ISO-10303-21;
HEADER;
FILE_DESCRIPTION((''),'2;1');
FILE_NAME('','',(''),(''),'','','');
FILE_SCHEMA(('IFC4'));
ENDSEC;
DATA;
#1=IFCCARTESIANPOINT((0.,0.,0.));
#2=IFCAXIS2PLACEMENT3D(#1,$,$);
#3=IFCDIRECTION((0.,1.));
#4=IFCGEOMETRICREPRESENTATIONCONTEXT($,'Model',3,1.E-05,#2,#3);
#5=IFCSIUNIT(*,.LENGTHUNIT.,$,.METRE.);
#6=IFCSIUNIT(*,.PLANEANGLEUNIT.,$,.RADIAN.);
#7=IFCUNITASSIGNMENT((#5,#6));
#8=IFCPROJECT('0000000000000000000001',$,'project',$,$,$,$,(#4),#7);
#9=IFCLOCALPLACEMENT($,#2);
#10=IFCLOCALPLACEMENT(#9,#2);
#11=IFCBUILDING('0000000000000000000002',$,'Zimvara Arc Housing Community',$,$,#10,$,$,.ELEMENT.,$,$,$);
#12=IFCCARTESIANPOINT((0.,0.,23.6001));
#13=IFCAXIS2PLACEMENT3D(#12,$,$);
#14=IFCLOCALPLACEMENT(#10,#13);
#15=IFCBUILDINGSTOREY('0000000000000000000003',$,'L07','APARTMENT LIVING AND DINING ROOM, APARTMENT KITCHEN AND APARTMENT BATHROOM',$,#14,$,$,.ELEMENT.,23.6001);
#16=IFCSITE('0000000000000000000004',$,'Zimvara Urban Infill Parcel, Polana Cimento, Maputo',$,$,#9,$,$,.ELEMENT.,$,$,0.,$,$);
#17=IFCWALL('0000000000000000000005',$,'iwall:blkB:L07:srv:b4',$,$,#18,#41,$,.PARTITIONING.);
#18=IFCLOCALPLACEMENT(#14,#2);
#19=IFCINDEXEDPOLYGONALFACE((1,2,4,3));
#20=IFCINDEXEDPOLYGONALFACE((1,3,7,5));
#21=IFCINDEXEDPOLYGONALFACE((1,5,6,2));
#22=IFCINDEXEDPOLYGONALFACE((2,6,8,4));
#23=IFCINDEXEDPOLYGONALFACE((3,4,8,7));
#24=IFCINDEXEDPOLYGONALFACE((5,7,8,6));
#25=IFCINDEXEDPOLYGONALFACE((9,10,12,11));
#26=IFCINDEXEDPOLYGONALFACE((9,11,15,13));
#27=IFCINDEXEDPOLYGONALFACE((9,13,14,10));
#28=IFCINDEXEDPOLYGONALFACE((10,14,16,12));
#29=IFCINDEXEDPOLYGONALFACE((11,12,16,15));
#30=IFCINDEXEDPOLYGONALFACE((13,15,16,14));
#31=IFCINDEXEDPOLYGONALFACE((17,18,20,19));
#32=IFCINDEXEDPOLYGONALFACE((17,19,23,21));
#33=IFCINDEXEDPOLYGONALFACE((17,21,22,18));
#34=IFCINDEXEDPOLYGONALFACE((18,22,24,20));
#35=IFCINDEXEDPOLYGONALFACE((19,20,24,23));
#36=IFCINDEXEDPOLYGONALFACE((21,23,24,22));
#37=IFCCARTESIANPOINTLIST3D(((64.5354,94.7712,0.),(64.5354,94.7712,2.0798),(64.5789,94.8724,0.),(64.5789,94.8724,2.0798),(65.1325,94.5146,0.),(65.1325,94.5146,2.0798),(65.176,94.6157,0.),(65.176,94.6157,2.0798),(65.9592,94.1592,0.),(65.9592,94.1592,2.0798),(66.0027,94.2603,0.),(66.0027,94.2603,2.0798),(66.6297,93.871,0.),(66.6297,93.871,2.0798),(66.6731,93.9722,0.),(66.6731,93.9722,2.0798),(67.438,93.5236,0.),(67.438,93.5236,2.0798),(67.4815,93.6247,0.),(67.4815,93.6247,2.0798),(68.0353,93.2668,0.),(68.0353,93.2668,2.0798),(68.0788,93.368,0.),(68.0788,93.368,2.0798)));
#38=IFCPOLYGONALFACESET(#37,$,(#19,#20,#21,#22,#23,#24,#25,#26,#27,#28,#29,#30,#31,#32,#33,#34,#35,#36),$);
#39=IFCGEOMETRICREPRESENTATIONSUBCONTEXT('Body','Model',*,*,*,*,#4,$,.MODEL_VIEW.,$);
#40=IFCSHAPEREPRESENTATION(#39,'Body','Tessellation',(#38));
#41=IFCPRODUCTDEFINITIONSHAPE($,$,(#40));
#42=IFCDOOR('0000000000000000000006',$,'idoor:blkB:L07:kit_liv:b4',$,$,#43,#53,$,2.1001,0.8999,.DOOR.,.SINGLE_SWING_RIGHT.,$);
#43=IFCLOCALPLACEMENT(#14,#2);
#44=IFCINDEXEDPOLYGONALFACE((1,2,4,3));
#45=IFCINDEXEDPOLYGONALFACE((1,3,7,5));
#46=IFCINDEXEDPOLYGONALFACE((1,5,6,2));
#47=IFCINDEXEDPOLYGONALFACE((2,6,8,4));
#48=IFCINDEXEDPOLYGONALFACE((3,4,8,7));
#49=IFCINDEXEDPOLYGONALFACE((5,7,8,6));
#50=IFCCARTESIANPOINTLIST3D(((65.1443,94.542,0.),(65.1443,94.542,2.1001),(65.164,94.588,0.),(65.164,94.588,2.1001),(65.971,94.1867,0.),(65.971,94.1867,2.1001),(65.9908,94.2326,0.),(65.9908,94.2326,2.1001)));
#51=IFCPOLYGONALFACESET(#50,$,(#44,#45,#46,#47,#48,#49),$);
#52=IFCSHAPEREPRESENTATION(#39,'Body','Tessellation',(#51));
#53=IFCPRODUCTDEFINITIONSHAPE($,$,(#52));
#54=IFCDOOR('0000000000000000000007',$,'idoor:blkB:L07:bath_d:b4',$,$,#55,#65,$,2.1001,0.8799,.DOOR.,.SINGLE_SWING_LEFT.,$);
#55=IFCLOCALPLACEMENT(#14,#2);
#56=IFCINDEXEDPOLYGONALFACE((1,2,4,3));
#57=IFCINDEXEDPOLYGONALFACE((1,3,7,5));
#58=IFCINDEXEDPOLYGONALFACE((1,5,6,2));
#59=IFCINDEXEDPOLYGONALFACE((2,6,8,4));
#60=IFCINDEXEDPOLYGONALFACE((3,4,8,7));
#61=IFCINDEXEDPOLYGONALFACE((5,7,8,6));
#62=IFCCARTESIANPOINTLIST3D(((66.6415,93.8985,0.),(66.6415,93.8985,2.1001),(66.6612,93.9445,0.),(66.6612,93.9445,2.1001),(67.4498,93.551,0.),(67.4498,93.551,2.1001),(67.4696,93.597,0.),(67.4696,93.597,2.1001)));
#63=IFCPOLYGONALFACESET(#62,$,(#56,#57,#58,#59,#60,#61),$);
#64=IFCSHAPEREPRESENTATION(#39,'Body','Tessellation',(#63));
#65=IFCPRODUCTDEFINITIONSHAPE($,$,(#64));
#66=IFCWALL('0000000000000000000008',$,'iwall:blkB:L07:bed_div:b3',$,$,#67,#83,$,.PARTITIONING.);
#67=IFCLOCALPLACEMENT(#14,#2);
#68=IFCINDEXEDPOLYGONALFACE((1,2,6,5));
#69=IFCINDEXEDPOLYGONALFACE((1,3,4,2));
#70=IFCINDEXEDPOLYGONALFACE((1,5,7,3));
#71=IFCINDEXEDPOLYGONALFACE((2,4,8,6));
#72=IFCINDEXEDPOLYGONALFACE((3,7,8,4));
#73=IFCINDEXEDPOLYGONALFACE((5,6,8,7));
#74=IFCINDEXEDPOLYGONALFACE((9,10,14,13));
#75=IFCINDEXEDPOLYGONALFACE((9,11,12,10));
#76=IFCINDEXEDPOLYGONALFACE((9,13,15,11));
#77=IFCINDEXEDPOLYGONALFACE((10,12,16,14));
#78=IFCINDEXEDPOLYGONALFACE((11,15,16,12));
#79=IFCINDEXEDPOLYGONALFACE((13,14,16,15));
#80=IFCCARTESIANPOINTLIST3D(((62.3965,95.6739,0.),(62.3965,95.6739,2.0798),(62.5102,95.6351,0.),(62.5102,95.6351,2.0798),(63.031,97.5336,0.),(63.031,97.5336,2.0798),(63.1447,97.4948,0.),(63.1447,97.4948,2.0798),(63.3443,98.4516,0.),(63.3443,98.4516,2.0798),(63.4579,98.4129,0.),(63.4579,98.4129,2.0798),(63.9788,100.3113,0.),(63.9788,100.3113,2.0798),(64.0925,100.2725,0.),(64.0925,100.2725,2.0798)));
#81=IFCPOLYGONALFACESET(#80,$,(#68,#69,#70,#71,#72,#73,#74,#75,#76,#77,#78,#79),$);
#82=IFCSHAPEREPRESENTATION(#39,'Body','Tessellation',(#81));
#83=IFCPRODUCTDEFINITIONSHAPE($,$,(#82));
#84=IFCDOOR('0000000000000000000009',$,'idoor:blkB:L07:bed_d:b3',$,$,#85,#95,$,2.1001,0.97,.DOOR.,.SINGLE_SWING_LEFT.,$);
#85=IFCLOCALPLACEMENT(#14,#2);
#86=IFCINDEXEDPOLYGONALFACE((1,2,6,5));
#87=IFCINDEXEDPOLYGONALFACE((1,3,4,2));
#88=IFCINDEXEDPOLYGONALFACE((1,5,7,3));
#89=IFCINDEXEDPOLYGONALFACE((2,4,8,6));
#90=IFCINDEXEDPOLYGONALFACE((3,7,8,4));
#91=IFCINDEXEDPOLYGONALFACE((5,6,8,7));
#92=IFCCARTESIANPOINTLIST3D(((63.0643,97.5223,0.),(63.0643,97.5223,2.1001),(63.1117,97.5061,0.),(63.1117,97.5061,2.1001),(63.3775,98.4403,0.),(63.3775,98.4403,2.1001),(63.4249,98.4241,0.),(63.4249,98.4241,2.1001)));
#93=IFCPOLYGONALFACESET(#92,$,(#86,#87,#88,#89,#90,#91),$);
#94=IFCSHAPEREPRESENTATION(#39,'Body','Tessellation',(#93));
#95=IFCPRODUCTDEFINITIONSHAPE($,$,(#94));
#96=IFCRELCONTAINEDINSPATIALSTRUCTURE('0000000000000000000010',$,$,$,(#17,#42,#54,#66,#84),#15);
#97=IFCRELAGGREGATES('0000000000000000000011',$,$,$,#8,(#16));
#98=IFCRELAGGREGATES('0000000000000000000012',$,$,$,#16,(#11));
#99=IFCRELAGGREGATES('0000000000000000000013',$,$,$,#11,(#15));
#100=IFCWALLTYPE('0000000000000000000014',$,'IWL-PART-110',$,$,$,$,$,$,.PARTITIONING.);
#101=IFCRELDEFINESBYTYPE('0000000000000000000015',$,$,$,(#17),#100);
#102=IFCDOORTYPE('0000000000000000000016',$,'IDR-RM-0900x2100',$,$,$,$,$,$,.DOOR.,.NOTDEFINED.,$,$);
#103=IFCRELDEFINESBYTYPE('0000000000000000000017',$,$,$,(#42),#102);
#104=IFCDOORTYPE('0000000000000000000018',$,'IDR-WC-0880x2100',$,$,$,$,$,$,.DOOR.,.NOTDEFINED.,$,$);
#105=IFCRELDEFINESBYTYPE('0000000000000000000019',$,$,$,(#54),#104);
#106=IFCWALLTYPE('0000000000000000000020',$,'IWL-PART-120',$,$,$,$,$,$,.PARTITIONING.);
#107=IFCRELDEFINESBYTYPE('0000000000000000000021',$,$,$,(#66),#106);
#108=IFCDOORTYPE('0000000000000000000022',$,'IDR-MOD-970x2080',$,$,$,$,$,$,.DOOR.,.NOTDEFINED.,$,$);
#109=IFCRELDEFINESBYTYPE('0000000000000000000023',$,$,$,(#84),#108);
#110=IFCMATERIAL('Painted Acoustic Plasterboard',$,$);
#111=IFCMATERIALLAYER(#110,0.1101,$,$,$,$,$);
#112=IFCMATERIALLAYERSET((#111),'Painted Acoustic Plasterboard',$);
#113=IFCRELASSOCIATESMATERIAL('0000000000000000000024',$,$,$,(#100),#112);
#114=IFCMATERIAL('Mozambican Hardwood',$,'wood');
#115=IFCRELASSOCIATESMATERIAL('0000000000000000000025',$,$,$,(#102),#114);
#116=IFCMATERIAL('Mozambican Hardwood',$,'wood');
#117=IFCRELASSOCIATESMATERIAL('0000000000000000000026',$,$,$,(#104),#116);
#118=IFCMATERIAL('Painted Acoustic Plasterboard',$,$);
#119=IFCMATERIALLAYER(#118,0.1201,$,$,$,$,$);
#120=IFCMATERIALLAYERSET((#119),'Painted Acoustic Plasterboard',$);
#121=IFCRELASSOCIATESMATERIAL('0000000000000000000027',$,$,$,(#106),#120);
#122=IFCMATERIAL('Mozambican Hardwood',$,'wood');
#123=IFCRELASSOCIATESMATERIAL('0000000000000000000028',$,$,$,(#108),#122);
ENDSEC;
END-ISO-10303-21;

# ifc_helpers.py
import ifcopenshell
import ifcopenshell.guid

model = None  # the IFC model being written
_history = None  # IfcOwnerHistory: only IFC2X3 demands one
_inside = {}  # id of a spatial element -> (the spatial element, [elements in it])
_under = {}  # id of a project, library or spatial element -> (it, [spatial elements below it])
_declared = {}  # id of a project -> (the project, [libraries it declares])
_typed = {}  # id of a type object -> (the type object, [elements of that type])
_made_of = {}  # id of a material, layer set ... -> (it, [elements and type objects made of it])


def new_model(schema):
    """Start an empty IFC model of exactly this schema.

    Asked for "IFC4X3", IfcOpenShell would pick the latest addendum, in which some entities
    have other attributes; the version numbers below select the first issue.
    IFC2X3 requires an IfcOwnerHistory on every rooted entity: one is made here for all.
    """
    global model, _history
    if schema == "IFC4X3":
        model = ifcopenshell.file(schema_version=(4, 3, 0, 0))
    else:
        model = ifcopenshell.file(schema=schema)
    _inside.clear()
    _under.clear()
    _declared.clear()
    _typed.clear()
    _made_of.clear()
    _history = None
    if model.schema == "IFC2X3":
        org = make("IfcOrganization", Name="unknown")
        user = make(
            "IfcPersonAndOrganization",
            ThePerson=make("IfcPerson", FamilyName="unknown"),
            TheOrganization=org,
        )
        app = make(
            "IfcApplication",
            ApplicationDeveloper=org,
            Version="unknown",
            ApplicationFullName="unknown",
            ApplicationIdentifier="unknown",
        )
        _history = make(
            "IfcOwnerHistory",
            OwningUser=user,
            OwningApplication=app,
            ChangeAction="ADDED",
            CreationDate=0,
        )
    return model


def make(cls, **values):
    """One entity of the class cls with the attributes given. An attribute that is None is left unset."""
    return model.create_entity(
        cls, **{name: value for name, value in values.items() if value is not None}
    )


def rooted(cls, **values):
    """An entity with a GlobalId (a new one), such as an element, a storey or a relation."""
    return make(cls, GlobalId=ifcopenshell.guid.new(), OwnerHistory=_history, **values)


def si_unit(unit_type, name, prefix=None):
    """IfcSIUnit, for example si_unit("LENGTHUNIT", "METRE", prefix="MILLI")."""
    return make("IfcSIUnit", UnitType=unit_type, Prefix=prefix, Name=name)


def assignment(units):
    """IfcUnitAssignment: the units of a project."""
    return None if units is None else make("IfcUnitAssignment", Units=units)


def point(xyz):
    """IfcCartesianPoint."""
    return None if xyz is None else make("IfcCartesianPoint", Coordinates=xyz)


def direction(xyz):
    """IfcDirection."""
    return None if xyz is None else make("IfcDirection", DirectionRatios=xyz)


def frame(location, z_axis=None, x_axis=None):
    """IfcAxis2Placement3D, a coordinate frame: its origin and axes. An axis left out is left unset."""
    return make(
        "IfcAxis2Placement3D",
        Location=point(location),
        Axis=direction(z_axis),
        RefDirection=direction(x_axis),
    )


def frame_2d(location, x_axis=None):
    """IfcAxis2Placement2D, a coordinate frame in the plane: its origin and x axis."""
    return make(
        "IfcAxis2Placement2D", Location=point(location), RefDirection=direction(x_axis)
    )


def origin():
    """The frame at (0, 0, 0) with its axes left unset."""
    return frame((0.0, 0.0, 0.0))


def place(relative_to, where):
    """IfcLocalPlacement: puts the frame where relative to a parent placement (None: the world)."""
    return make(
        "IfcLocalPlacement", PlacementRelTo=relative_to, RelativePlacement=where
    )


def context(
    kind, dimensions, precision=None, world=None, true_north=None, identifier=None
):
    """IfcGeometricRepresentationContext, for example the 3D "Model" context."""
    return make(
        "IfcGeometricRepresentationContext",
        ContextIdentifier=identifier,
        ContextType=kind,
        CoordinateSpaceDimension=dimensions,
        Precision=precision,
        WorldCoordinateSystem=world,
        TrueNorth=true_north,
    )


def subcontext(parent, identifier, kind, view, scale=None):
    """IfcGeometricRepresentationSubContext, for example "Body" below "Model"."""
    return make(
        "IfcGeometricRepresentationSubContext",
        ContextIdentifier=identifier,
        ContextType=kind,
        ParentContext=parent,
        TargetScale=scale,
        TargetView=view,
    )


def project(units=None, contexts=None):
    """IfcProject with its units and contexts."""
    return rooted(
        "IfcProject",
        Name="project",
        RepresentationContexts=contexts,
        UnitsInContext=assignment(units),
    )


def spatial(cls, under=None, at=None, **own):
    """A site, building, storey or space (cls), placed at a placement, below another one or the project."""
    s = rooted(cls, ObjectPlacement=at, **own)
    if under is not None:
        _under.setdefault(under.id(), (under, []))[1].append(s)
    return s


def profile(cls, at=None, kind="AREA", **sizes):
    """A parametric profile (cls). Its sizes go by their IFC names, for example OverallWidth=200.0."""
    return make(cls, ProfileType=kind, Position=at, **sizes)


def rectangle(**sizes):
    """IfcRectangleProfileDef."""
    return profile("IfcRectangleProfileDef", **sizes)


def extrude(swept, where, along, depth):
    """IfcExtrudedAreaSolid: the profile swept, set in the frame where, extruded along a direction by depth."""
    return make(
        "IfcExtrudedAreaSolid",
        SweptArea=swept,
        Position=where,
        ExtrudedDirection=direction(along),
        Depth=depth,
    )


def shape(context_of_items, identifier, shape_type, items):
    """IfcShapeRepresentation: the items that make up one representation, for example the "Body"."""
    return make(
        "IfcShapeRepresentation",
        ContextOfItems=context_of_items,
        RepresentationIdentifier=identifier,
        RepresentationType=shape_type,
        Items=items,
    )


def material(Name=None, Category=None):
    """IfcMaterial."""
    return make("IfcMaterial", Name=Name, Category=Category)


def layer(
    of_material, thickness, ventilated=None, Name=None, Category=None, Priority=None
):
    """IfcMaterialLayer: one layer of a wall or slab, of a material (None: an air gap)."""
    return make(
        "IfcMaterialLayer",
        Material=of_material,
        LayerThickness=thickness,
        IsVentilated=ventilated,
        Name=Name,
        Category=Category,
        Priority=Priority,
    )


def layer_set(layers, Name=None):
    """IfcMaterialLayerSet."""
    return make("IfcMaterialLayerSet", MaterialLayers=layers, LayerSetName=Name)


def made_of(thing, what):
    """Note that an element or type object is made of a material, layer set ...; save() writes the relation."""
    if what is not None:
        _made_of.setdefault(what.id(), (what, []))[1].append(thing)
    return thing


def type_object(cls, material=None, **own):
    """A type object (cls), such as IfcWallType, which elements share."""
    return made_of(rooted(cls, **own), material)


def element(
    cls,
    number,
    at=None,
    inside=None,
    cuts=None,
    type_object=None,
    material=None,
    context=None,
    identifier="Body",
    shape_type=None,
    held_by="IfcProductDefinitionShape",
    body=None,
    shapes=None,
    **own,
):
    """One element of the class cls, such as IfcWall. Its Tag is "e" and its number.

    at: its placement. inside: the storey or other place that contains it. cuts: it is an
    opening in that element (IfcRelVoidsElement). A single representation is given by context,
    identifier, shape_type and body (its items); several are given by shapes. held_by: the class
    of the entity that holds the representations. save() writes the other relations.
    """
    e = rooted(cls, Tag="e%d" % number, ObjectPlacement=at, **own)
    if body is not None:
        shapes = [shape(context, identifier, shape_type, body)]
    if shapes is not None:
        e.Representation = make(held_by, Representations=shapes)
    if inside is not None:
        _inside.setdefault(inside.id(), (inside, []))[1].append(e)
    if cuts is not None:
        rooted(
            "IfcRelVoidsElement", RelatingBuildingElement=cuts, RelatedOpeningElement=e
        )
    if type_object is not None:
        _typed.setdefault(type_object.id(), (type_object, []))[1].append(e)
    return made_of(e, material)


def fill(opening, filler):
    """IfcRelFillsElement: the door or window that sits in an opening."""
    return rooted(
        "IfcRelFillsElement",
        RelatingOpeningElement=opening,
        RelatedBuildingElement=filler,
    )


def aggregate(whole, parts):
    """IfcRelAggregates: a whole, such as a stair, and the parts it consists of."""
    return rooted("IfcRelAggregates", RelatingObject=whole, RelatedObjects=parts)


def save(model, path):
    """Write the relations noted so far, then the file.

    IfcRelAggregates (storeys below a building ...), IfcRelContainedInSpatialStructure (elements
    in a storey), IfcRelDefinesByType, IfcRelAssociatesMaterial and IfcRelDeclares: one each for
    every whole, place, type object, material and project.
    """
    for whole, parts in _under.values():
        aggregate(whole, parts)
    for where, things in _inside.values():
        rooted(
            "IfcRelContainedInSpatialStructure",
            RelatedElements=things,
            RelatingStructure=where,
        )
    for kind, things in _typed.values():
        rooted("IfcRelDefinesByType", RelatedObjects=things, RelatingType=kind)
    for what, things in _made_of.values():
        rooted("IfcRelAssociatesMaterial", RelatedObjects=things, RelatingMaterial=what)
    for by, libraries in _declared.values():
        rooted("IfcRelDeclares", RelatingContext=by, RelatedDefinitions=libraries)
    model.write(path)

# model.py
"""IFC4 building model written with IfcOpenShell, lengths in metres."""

from ifc_helpers import new_model, si_unit, direction, frame, frame_2d, origin, place, context, subcontext, project, spatial, rectangle, extrude, material, layer, layer_set, type_object, element, fill, save


model = new_model("IFC4")

# Units and contexts
model_context = context("Model", 3, precision=1e-05, world=origin(), true_north=direction((0.0, 1.0)))
body_context = subcontext(model_context, "Body", "Model", "MODEL_VIEW")
ifc_project = project(units=[si_unit("LENGTHUNIT", "METRE"), si_unit("PLANEANGLEUNIT", "RADIAN")], contexts=[model_context])

# Site, building, storey
site_placement = place(None, origin())
site = spatial("IfcSite", under=ifc_project, at=site_placement, Name="Zimvara Urban Infill Parcel, Polana Cimento, Maputo", CompositionType="ELEMENT", RefElevation=0.0)
building_placement = place(site_placement, origin())
building = spatial("IfcBuilding", under=site, at=building_placement, Name="Zimvara Arc Housing Community", CompositionType="ELEMENT")
storey_placement = place(building_placement, frame((0.0, 0.0, 23.6001)))
storey = spatial("IfcBuildingStorey", under=building, at=storey_placement, Name="L07", Description="APARTMENT LIVING AND DINING ROOM, APARTMENT KITCHEN AND APARTMENT BATHROOM", CompositionType="ELEMENT", Elevation=23.6001)

# Wall, openings, doors
ifc_material_1 = material(Name="Painted Acoustic Plasterboard")
ifc_layer_1 = layer(ifc_material_1, 0.1101)
ifc_layer_set_1 = layer_set([ifc_layer_1], Name="Painted Acoustic Plasterboard")
wall_type_1 = type_object("IfcWallType", Name="IWL-PART-110", PredefinedType="PARTITIONING", material=ifc_layer_set_1)
wall_1_placement = place(storey_placement, frame((64.5571, 94.8218, 0.0), z_axis=(0.0, 0.0, 1.0), x_axis=(0.918727, -0.394894, 0.0)))
wall_1 = element("IfcWall", 1, at=wall_1_placement, inside=storey, type_object=wall_type_1, Name="iwall:blkB:L07:srv:b4", PredefinedType="PARTITIONING", context=body_context, shape_type="SweptSolid", body=[
    extrude(rectangle(XDim=3.8096, YDim=0.1101, at=frame_2d((1.9048, 0.0))), origin(), (0.0, 0.0, 1.0), 2.0798),
])
opening_1_placement = place(wall_1_placement, frame((0.6499, 0.0, 0.0)))
opening_1 = element("IfcOpeningElement", 2, at=opening_1_placement, cuts=wall_1, PredefinedType="OPENING", context=body_context, shape_type="SweptSolid", body=[
    extrude(rectangle(XDim=0.8999, YDim=2.1001, at=frame_2d((0.45, 1.05))), frame((0.0, 0.0649, 0.0), z_axis=(0.0, -1.0, 0.0), x_axis=(1.0, 0.0, 0.0)), (0.0, 0.0, 1.0), 0.1301),
])
opening_2_placement = place(wall_1_placement, frame((2.2795, 0.0, 0.0)))
opening_2 = element("IfcOpeningElement", 3, at=opening_2_placement, cuts=wall_1, PredefinedType="OPENING", context=body_context, shape_type="SweptSolid", body=[
    extrude(rectangle(XDim=0.8799, YDim=2.1001, at=frame_2d((0.4399, 1.05))), frame((0.0, 0.0649, 0.0), z_axis=(0.0, -1.0, 0.0), x_axis=(1.0, 0.0, 0.0)), (0.0, 0.0, 1.0), 0.1301),
])
ifc_material_2 = material(Name="Mozambican Hardwood", Category="wood")
door_type_1 = type_object("IfcDoorType", Name="IDR-RM-0900x2100", OperationType="NOTDEFINED", PredefinedType="DOOR", material=ifc_material_2)
door_1_placement = place(opening_1_placement, origin())
door_1 = element("IfcDoor", 4, at=door_1_placement, inside=storey, type_object=door_type_1, Name="idoor:blkB:L07:kit_liv:b4", OperationType="SINGLE_SWING_RIGHT", OverallHeight=2.1001, OverallWidth=0.8999, PredefinedType="DOOR", context=body_context, shape_type="SweptSolid", body=[
    extrude(rectangle(XDim=0.8999, YDim=2.1001, at=frame_2d((0.45, 1.05))), frame((0.0, 0.0249, 0.0), z_axis=(0.0, -1.0, 0.0), x_axis=(1.0, 0.0, 0.0)), (0.0, 0.0, 1.0), 0.05),
])
fill(opening_1, door_1)
ifc_material_3 = material(Name="Mozambican Hardwood", Category="wood")
door_type_2 = type_object("IfcDoorType", Name="IDR-WC-0880x2100", OperationType="NOTDEFINED", PredefinedType="DOOR", material=ifc_material_3)
door_2_placement = place(opening_2_placement, origin())
door_2 = element("IfcDoor", 5, at=door_2_placement, inside=storey, type_object=door_type_2, Name="idoor:blkB:L07:bath_d:b4", OperationType="SINGLE_SWING_LEFT", OverallHeight=2.1001, OverallWidth=0.8799, PredefinedType="DOOR", context=body_context, shape_type="SweptSolid", body=[
    extrude(rectangle(XDim=0.8799, YDim=2.1001, at=frame_2d((0.4399, 1.05))), frame((0.0, 0.0249, 0.0), z_axis=(0.0, -1.0, 0.0), x_axis=(1.0, 0.0, 0.0)), (0.0, 0.0, 1.0), 0.05),
])
fill(opening_2, door_2)

# Wall, opening, door
ifc_material_4 = material(Name="Painted Acoustic Plasterboard")
ifc_layer_2 = layer(ifc_material_4, 0.1201)
ifc_layer_set_2 = layer_set([ifc_layer_2], Name="Painted Acoustic Plasterboard")
wall_type_2 = type_object("IfcWallType", Name="IWL-PART-120", PredefinedType="PARTITIONING", material=ifc_layer_set_2)
wall_2_placement = place(storey_placement, frame((62.4534, 95.6545, 0.0), z_axis=(0.0, 0.0, 1.0), x_axis=(0.322916, 0.946427, 0.0)))
wall_2 = element("IfcWall", 6, at=wall_2_placement, inside=storey, type_object=wall_type_2, Name="iwall:blkB:L07:bed_div:b3", PredefinedType="PARTITIONING", context=body_context, shape_type="SweptSolid", body=[
    extrude(rectangle(XDim=4.8999, YDim=0.1201, at=frame_2d((2.45, 0.0))), origin(), (0.0, 0.0, 1.0), 2.0798),
])
opening_3_placement = place(wall_2_placement, frame((1.9651, 0.0, 0.0)))
opening_3 = element("IfcOpeningElement", 7, at=opening_3_placement, cuts=wall_2, PredefinedType="OPENING", context=body_context, shape_type="SweptSolid", body=[
    extrude(rectangle(XDim=0.97, YDim=2.1001, at=frame_2d((0.4849, 1.05))), frame((0.0, 0.0701, 0.0), z_axis=(0.0, -1.0, 0.0), x_axis=(1.0, 0.0, 0.0)), (0.0, 0.0, 1.0), 0.1401),
])
ifc_material_5 = material(Name="Mozambican Hardwood", Category="wood")
door_type_3 = type_object("IfcDoorType", Name="IDR-MOD-970x2080", OperationType="NOTDEFINED", PredefinedType="DOOR", material=ifc_material_5)
door_3_placement = place(opening_3_placement, origin())
door_3 = element("IfcDoor", 8, at=door_3_placement, inside=storey, type_object=door_type_3, Name="idoor:blkB:L07:bed_d:b3", OperationType="SINGLE_SWING_LEFT", OverallHeight=2.1001, OverallWidth=0.97, PredefinedType="DOOR", context=body_context, shape_type="SweptSolid", body=[
    extrude(rectangle(XDim=0.97, YDim=2.1001, at=frame_2d((0.4849, 1.05))), frame((0.0, 0.0249, 0.0), z_axis=(0.0, -1.0, 0.0), x_axis=(1.0, 0.0, 0.0)), (0.0, 0.0, 1.0), 0.05),
])
fill(opening_3, door_3)

save(model, "model.ifc")
